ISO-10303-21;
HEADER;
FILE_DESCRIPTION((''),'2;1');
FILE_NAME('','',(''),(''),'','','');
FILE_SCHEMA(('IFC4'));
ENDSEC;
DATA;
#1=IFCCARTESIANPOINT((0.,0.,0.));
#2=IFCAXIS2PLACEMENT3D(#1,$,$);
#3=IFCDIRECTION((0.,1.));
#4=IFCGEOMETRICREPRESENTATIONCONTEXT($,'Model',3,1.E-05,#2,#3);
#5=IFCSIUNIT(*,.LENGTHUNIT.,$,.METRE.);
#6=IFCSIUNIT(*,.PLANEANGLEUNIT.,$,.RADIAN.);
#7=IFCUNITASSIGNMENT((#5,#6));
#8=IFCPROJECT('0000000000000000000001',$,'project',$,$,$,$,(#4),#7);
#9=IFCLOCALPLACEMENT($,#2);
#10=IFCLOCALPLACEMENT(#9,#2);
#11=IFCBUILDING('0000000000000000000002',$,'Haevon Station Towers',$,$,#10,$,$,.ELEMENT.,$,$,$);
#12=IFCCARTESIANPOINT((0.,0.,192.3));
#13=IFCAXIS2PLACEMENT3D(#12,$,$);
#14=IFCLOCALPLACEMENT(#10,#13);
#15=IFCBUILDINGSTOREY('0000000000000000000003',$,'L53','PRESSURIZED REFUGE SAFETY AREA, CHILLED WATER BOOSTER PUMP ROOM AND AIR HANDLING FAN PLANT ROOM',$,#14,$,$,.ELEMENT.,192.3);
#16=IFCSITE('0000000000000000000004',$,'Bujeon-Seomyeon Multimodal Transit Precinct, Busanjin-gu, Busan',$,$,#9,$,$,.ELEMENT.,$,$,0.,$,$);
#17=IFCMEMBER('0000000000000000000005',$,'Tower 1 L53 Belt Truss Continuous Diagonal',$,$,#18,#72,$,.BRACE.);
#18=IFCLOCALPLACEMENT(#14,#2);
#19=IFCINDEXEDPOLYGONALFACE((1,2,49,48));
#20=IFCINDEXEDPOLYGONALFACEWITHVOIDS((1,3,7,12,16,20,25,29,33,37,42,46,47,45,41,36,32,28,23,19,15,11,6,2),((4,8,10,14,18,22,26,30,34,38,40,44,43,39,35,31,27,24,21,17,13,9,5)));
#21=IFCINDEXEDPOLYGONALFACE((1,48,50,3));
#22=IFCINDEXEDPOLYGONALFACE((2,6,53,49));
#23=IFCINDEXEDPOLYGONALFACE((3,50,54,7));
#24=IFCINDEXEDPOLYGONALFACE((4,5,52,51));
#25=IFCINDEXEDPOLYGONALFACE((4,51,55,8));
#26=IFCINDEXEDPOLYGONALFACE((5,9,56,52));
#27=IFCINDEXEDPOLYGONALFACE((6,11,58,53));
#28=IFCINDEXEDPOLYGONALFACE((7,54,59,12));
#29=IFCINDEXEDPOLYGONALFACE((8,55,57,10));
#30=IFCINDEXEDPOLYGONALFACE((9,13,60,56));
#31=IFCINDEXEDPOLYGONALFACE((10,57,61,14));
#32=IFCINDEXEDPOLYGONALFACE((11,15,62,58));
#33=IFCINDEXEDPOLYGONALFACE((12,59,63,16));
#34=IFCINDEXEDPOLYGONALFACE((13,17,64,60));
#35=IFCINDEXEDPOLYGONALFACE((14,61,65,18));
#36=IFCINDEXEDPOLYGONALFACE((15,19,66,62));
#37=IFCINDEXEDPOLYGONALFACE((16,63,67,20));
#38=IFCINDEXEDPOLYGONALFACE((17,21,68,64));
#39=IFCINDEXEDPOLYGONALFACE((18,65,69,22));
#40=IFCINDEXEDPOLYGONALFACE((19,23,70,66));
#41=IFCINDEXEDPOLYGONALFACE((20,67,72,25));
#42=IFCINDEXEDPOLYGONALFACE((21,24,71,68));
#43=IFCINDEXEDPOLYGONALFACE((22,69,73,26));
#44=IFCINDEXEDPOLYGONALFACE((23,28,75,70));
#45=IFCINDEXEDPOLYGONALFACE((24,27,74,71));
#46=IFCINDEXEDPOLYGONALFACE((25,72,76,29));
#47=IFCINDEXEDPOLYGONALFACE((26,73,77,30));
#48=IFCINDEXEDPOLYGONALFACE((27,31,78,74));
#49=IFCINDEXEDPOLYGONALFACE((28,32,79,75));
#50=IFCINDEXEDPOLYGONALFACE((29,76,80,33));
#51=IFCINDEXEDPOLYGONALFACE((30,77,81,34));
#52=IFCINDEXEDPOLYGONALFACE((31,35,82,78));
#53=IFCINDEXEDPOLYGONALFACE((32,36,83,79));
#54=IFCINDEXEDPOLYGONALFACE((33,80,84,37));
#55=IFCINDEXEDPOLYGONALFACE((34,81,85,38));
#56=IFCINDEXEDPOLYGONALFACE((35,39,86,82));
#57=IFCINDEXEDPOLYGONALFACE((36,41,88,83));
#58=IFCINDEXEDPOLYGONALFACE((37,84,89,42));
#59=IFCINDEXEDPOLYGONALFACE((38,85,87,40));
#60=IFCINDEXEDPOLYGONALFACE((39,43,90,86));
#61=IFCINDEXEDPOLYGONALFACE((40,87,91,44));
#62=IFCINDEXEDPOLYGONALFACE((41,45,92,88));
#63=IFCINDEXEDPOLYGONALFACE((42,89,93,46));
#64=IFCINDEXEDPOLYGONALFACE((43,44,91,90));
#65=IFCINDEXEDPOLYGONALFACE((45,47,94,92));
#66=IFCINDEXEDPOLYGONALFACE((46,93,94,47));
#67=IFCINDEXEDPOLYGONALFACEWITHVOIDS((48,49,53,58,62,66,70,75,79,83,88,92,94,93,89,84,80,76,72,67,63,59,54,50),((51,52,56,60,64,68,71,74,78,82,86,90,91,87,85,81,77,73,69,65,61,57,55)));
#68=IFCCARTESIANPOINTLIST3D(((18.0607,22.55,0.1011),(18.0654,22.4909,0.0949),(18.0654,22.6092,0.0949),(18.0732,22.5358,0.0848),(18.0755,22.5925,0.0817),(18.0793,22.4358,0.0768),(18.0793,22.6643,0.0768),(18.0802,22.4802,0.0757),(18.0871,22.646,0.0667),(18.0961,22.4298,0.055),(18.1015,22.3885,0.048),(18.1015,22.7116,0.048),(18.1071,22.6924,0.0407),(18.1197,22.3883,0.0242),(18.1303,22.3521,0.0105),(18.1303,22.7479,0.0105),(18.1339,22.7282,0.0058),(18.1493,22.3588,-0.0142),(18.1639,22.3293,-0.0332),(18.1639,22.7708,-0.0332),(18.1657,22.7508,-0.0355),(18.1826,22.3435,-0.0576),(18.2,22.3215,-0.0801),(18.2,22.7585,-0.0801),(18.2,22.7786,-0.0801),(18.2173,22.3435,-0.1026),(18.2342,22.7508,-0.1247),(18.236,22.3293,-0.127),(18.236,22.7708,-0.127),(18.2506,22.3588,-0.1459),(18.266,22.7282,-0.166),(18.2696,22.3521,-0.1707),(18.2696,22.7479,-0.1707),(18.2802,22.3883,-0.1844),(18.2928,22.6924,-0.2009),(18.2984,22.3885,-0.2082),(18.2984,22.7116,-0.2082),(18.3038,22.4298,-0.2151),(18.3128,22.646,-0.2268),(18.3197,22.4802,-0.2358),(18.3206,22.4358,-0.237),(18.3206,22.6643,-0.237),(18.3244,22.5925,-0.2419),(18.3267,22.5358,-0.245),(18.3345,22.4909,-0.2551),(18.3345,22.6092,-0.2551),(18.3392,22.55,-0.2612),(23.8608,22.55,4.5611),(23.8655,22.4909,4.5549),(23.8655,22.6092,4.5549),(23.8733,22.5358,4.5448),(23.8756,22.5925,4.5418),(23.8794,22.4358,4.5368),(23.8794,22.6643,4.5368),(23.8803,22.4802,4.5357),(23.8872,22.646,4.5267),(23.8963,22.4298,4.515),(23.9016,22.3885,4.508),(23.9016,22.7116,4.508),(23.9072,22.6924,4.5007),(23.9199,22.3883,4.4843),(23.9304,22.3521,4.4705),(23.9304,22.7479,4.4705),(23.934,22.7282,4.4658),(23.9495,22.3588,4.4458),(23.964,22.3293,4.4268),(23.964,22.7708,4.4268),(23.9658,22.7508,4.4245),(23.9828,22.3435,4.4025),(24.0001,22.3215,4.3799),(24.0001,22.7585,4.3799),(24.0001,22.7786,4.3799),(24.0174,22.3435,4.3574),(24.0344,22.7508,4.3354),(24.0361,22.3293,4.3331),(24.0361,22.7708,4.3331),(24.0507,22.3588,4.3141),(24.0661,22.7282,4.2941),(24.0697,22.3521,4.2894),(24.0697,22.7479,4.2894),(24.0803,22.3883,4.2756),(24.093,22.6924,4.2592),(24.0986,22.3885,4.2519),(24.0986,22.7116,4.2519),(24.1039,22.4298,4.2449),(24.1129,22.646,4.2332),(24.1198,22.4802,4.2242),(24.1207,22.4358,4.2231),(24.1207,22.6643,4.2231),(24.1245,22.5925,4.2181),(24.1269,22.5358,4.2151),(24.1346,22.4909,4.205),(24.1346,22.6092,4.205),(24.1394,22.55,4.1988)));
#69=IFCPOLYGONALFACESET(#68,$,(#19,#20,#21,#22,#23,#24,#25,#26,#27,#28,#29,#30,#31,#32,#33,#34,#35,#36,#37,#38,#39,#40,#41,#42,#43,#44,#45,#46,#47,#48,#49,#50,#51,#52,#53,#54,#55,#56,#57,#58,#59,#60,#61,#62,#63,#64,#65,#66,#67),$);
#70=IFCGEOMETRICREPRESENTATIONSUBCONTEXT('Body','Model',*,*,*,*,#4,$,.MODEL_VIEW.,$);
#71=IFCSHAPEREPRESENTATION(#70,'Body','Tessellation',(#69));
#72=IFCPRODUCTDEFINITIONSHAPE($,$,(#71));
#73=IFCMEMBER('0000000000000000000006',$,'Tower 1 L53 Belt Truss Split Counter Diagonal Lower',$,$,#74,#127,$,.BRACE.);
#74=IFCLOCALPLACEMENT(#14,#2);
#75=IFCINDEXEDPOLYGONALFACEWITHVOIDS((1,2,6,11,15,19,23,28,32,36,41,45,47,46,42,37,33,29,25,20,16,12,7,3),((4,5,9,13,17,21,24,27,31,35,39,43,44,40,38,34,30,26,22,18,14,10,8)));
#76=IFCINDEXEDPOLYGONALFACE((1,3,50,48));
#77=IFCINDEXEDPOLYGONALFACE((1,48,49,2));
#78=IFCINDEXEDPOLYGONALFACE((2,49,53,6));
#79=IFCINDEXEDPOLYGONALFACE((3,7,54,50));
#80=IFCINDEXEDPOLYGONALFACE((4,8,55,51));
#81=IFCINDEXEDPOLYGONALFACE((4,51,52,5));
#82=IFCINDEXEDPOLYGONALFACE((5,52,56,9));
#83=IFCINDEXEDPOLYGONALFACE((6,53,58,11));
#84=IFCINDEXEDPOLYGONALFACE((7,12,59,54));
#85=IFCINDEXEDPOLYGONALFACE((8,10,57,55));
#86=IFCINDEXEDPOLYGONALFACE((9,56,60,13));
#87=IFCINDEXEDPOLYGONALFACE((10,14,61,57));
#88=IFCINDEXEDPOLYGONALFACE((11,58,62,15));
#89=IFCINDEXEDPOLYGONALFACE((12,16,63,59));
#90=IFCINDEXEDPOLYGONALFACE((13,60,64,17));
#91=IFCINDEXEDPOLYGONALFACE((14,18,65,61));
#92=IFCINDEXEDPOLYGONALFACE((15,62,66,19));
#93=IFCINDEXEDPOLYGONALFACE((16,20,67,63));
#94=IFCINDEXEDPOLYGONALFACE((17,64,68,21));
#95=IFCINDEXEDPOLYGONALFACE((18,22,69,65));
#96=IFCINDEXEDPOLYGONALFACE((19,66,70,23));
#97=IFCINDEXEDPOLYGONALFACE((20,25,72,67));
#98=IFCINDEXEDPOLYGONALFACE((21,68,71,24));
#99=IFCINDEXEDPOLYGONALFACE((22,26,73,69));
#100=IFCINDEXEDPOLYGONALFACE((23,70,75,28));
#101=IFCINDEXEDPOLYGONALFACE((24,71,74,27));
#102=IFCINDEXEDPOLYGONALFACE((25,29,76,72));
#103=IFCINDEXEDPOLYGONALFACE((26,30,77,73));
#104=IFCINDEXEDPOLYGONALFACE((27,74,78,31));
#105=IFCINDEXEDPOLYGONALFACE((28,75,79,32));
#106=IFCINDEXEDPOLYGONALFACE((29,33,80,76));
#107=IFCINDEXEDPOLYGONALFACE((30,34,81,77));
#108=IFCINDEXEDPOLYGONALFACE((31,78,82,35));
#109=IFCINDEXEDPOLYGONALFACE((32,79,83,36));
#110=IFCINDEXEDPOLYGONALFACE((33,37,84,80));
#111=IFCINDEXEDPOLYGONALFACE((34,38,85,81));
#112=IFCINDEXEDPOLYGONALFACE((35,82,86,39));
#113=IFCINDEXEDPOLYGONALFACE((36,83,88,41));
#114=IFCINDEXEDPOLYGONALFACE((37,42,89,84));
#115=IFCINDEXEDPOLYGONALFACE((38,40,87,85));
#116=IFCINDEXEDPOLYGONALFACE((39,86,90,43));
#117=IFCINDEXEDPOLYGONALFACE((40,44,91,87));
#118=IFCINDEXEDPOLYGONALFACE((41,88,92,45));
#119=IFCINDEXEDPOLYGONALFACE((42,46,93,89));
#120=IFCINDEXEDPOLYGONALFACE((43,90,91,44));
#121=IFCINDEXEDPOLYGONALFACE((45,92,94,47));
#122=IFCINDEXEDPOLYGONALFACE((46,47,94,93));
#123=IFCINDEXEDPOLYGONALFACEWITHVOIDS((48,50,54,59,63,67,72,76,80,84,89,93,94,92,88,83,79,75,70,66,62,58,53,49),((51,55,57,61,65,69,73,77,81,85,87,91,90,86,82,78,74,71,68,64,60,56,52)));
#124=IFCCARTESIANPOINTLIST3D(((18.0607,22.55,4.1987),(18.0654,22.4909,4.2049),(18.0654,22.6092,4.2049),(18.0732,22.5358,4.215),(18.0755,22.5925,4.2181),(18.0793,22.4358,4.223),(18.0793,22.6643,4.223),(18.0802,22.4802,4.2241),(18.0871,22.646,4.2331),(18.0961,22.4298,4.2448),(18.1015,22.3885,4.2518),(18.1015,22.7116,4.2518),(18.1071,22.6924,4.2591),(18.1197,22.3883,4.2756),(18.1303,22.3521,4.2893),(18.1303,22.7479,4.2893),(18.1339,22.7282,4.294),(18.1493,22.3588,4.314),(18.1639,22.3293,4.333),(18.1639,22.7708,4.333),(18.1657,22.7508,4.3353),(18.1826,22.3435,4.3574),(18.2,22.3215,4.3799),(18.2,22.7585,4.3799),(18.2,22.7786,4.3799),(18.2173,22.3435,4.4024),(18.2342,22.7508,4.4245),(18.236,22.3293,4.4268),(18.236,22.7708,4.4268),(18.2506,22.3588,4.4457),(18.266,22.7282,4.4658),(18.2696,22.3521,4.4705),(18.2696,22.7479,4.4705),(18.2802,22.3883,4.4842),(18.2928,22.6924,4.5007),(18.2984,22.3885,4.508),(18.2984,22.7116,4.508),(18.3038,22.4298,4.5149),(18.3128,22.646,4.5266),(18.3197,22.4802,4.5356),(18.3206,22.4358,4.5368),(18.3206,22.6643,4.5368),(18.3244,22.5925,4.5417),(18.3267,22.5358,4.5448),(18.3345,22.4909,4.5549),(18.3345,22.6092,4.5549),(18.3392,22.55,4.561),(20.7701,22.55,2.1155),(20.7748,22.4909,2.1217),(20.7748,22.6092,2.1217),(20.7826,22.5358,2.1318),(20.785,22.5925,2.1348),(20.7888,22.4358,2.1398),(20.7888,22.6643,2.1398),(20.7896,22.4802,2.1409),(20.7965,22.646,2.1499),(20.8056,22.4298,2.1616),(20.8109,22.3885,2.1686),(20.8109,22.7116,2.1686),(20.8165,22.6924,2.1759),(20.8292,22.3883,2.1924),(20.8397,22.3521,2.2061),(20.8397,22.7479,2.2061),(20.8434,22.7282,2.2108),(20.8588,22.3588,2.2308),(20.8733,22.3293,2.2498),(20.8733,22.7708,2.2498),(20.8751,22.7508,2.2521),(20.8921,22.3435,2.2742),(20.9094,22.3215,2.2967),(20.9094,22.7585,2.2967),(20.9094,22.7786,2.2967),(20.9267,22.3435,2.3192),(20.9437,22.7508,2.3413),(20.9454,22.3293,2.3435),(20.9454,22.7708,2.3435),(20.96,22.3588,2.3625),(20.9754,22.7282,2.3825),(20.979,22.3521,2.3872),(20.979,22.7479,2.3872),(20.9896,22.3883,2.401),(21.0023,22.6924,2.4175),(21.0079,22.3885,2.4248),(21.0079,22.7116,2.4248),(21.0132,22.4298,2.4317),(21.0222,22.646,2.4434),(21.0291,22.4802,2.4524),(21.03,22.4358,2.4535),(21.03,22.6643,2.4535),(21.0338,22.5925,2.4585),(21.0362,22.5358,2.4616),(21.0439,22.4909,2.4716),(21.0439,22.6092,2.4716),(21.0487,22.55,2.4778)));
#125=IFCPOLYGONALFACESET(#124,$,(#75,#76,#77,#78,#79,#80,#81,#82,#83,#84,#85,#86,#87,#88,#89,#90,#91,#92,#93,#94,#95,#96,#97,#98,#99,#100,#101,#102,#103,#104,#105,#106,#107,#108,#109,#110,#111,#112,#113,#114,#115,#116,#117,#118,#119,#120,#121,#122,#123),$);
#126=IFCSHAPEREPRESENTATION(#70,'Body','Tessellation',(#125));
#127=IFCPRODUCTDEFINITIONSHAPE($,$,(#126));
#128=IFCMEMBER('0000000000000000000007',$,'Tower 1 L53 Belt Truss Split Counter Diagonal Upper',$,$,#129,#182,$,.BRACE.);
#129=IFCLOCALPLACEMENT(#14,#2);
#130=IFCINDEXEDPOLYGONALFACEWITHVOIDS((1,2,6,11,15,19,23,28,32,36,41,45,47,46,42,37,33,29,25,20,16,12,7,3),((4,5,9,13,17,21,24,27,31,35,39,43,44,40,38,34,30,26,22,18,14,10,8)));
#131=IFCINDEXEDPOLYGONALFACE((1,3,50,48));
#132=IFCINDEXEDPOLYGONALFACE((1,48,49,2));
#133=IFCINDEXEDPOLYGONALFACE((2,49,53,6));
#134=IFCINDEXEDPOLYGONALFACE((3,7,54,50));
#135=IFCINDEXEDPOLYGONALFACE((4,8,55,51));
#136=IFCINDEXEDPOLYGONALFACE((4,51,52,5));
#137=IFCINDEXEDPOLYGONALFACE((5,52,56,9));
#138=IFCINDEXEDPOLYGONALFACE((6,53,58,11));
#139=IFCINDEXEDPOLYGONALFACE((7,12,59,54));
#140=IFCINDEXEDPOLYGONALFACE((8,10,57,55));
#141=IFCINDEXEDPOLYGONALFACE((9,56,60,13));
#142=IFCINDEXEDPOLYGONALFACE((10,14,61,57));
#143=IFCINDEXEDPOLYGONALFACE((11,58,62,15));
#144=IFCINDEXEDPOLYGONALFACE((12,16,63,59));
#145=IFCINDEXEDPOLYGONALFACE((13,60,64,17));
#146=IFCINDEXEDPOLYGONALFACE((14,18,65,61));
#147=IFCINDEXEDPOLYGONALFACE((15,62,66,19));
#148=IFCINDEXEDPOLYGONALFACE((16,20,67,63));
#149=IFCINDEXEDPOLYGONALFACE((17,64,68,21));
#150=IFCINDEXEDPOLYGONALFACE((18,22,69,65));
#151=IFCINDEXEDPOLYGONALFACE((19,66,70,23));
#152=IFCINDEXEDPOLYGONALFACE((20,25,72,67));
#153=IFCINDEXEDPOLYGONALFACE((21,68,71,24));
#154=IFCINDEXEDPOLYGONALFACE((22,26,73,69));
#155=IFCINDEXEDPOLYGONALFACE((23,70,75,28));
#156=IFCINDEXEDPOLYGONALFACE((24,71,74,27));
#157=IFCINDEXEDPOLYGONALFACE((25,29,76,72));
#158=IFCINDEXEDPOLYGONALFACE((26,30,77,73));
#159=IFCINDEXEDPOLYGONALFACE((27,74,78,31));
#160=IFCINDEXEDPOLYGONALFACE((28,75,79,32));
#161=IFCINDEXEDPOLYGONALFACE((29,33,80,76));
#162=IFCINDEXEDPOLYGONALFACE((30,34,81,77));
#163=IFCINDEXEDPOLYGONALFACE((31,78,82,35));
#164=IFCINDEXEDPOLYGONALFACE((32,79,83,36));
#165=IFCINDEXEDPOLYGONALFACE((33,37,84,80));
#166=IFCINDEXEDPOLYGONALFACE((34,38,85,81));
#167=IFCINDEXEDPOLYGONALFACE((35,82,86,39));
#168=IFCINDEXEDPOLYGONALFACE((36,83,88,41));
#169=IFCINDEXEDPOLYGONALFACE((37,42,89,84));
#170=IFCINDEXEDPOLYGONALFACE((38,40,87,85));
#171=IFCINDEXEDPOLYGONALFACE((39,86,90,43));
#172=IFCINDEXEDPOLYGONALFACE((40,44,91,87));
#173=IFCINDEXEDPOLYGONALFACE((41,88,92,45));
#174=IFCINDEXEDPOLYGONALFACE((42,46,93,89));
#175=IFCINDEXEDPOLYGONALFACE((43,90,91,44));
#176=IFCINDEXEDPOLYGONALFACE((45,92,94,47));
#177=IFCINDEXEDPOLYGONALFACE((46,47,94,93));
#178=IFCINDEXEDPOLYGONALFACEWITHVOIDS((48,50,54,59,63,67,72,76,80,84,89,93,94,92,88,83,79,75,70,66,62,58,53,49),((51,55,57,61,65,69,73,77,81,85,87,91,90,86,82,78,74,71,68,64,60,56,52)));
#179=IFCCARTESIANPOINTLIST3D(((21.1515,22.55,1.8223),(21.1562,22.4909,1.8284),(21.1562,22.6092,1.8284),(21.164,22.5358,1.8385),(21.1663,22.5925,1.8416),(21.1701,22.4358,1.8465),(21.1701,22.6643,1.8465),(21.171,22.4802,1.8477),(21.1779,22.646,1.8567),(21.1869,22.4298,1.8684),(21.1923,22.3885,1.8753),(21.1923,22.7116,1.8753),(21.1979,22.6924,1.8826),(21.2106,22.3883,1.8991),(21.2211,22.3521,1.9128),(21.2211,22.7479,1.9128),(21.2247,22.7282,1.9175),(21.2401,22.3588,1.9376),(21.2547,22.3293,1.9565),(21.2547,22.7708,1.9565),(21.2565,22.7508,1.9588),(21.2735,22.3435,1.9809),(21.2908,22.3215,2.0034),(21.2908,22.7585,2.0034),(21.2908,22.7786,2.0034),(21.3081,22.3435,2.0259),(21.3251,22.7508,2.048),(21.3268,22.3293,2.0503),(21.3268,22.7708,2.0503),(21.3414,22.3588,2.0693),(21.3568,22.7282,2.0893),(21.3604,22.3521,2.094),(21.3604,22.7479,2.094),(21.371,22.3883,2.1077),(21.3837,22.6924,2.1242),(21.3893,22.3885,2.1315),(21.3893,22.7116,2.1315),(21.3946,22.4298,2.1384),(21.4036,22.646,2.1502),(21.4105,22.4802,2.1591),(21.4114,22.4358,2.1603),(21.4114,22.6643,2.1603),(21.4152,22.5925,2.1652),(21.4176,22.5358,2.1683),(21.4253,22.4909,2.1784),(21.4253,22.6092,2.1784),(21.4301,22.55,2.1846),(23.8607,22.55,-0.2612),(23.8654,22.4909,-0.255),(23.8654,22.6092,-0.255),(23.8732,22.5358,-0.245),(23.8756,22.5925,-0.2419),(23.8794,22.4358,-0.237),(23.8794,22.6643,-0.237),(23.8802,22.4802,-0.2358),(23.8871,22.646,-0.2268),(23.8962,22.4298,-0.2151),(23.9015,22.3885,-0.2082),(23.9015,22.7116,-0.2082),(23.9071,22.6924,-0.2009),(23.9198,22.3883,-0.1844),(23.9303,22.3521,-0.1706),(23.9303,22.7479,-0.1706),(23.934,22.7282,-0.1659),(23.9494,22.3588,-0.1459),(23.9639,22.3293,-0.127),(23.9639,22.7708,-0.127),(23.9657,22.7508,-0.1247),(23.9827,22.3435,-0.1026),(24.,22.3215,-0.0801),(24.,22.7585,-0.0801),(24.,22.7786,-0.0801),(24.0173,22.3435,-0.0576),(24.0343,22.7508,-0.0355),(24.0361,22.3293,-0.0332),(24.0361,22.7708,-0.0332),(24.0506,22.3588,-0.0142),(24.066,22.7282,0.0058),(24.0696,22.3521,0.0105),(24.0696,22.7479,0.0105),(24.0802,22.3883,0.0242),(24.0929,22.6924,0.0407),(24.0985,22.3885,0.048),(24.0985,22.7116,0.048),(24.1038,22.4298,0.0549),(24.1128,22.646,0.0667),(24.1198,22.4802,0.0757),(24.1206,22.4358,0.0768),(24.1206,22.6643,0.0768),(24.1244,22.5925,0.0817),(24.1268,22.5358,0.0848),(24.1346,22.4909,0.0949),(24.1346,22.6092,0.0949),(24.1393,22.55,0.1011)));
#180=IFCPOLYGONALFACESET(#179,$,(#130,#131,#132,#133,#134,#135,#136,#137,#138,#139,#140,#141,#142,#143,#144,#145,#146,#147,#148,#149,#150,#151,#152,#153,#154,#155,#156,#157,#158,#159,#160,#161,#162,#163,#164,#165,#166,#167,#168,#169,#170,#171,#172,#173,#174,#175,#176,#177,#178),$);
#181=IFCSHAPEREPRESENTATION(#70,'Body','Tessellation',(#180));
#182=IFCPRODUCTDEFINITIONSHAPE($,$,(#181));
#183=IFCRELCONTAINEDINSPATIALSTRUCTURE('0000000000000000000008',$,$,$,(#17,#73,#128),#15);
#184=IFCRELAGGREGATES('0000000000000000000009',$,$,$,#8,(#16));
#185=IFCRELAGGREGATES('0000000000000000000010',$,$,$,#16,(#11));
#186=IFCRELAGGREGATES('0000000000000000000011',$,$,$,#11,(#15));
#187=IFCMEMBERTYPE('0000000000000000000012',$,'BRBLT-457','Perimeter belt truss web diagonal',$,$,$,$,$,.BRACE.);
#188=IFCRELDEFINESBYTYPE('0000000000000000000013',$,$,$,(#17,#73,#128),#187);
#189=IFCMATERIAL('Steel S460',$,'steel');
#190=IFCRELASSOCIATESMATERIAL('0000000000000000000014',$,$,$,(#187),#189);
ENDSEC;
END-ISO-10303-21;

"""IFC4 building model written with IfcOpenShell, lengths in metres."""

from ifc_helpers import new_model, si_unit, direction, frame, origin, origin_2d, place, context, subcontext, project, spatial, hollow_circle, extrude, material, material_profile, profile_set, type_object, element, save


model = new_model("IFC4")

# Units and contexts
model_context = context("Model", 3, precision=1e-05, world=origin(), true_north=direction((0.0, 1.0)))
body_context = subcontext(model_context, "Body", "Model", "MODEL_VIEW")
ifc_project = project(units=[si_unit("LENGTHUNIT", "METRE"), si_unit("PLANEANGLEUNIT", "RADIAN")], contexts=[model_context])

# Site, building, storey
site_placement = place(None, origin())
site = spatial("IfcSite", under=ifc_project, at=site_placement, Name="Bujeon-Seomyeon Multimodal Transit Precinct, Busanjin-gu, Busan", CompositionType="ELEMENT", RefElevation=0.0)
building_placement = place(site_placement, origin())
building = spatial("IfcBuilding", under=site, at=building_placement, Name="Haevon Station Towers", CompositionType="ELEMENT")
storey_placement = place(building_placement, frame((0.0, 0.0, 192.3)))
storey = spatial("IfcBuildingStorey", under=building, at=storey_placement, Name="L53", Description="PRESSURIZED REFUGE SAFETY AREA, CHILLED WATER BOOSTER PUMP ROOM AND AIR HANDLING FAN PLANT ROOM", CompositionType="ELEMENT", Elevation=192.3)

# Shared definitions
ifc_material_1 = material(Name="Steel S460", Category="steel")

# Members
ifc_material_profile_1 = material_profile(ifc_material_1, hollow_circle(Radius=0.2285, WallThickness=0.02, at=origin_2d()), Name="CHS-457x20")
ifc_profile_set_1 = profile_set([ifc_material_profile_1], Name="Steel S460")
member_type_1 = type_object("IfcMemberType", Name="BRBLT-457", Description="Perimeter belt truss web diagonal", PredefinedType="BRACE", material=ifc_profile_set_1)
member_1_placement = place(storey_placement, frame((18.2, 22.55, -0.0801), z_axis=(0.792731, 0.0, 0.609572), x_axis=(0.0, 1.0, 0.0)))
element("IfcMember", 1, at=member_1_placement, inside=storey, type_object=member_type_1, Name="Tower 1 L53 Belt Truss Continuous Diagonal", PredefinedType="BRACE", context=body_context, shape_type="SweptSolid", body=[
    extrude(hollow_circle(Radius=0.2285, WallThickness=0.02, at=origin_2d()), origin(), (0.0, 0.0, 1.0), 7.3167),
])
for number, where, z_axis, x_axis, name in (
    (2, (18.2, 22.55, 4.3799), (0.792759, 0.0, -0.609535), (0.0, 1.0, 0.0), "Tower 1 L53 Belt Truss Split Counter Diagonal Lower"),
    (3, (21.2908, 22.55, 2.0034), (0.792698, 0.0, -0.609614), (0.0, 1.0, 0.0), "Tower 1 L53 Belt Truss Split Counter Diagonal Upper"),
):
    element("IfcMember", number, at=place(storey_placement, frame(where, z_axis=z_axis, x_axis=x_axis)), inside=storey, type_object=member_type_1, Name=name, PredefinedType="BRACE", context=body_context, shape_type="SweptSolid", body=[
        extrude(hollow_circle(Radius=0.2285, WallThickness=0.02, at=origin_2d()), origin(), (0.0, 0.0, 1.0), 3.4177),
    ])

save(model, "model.ifc")
